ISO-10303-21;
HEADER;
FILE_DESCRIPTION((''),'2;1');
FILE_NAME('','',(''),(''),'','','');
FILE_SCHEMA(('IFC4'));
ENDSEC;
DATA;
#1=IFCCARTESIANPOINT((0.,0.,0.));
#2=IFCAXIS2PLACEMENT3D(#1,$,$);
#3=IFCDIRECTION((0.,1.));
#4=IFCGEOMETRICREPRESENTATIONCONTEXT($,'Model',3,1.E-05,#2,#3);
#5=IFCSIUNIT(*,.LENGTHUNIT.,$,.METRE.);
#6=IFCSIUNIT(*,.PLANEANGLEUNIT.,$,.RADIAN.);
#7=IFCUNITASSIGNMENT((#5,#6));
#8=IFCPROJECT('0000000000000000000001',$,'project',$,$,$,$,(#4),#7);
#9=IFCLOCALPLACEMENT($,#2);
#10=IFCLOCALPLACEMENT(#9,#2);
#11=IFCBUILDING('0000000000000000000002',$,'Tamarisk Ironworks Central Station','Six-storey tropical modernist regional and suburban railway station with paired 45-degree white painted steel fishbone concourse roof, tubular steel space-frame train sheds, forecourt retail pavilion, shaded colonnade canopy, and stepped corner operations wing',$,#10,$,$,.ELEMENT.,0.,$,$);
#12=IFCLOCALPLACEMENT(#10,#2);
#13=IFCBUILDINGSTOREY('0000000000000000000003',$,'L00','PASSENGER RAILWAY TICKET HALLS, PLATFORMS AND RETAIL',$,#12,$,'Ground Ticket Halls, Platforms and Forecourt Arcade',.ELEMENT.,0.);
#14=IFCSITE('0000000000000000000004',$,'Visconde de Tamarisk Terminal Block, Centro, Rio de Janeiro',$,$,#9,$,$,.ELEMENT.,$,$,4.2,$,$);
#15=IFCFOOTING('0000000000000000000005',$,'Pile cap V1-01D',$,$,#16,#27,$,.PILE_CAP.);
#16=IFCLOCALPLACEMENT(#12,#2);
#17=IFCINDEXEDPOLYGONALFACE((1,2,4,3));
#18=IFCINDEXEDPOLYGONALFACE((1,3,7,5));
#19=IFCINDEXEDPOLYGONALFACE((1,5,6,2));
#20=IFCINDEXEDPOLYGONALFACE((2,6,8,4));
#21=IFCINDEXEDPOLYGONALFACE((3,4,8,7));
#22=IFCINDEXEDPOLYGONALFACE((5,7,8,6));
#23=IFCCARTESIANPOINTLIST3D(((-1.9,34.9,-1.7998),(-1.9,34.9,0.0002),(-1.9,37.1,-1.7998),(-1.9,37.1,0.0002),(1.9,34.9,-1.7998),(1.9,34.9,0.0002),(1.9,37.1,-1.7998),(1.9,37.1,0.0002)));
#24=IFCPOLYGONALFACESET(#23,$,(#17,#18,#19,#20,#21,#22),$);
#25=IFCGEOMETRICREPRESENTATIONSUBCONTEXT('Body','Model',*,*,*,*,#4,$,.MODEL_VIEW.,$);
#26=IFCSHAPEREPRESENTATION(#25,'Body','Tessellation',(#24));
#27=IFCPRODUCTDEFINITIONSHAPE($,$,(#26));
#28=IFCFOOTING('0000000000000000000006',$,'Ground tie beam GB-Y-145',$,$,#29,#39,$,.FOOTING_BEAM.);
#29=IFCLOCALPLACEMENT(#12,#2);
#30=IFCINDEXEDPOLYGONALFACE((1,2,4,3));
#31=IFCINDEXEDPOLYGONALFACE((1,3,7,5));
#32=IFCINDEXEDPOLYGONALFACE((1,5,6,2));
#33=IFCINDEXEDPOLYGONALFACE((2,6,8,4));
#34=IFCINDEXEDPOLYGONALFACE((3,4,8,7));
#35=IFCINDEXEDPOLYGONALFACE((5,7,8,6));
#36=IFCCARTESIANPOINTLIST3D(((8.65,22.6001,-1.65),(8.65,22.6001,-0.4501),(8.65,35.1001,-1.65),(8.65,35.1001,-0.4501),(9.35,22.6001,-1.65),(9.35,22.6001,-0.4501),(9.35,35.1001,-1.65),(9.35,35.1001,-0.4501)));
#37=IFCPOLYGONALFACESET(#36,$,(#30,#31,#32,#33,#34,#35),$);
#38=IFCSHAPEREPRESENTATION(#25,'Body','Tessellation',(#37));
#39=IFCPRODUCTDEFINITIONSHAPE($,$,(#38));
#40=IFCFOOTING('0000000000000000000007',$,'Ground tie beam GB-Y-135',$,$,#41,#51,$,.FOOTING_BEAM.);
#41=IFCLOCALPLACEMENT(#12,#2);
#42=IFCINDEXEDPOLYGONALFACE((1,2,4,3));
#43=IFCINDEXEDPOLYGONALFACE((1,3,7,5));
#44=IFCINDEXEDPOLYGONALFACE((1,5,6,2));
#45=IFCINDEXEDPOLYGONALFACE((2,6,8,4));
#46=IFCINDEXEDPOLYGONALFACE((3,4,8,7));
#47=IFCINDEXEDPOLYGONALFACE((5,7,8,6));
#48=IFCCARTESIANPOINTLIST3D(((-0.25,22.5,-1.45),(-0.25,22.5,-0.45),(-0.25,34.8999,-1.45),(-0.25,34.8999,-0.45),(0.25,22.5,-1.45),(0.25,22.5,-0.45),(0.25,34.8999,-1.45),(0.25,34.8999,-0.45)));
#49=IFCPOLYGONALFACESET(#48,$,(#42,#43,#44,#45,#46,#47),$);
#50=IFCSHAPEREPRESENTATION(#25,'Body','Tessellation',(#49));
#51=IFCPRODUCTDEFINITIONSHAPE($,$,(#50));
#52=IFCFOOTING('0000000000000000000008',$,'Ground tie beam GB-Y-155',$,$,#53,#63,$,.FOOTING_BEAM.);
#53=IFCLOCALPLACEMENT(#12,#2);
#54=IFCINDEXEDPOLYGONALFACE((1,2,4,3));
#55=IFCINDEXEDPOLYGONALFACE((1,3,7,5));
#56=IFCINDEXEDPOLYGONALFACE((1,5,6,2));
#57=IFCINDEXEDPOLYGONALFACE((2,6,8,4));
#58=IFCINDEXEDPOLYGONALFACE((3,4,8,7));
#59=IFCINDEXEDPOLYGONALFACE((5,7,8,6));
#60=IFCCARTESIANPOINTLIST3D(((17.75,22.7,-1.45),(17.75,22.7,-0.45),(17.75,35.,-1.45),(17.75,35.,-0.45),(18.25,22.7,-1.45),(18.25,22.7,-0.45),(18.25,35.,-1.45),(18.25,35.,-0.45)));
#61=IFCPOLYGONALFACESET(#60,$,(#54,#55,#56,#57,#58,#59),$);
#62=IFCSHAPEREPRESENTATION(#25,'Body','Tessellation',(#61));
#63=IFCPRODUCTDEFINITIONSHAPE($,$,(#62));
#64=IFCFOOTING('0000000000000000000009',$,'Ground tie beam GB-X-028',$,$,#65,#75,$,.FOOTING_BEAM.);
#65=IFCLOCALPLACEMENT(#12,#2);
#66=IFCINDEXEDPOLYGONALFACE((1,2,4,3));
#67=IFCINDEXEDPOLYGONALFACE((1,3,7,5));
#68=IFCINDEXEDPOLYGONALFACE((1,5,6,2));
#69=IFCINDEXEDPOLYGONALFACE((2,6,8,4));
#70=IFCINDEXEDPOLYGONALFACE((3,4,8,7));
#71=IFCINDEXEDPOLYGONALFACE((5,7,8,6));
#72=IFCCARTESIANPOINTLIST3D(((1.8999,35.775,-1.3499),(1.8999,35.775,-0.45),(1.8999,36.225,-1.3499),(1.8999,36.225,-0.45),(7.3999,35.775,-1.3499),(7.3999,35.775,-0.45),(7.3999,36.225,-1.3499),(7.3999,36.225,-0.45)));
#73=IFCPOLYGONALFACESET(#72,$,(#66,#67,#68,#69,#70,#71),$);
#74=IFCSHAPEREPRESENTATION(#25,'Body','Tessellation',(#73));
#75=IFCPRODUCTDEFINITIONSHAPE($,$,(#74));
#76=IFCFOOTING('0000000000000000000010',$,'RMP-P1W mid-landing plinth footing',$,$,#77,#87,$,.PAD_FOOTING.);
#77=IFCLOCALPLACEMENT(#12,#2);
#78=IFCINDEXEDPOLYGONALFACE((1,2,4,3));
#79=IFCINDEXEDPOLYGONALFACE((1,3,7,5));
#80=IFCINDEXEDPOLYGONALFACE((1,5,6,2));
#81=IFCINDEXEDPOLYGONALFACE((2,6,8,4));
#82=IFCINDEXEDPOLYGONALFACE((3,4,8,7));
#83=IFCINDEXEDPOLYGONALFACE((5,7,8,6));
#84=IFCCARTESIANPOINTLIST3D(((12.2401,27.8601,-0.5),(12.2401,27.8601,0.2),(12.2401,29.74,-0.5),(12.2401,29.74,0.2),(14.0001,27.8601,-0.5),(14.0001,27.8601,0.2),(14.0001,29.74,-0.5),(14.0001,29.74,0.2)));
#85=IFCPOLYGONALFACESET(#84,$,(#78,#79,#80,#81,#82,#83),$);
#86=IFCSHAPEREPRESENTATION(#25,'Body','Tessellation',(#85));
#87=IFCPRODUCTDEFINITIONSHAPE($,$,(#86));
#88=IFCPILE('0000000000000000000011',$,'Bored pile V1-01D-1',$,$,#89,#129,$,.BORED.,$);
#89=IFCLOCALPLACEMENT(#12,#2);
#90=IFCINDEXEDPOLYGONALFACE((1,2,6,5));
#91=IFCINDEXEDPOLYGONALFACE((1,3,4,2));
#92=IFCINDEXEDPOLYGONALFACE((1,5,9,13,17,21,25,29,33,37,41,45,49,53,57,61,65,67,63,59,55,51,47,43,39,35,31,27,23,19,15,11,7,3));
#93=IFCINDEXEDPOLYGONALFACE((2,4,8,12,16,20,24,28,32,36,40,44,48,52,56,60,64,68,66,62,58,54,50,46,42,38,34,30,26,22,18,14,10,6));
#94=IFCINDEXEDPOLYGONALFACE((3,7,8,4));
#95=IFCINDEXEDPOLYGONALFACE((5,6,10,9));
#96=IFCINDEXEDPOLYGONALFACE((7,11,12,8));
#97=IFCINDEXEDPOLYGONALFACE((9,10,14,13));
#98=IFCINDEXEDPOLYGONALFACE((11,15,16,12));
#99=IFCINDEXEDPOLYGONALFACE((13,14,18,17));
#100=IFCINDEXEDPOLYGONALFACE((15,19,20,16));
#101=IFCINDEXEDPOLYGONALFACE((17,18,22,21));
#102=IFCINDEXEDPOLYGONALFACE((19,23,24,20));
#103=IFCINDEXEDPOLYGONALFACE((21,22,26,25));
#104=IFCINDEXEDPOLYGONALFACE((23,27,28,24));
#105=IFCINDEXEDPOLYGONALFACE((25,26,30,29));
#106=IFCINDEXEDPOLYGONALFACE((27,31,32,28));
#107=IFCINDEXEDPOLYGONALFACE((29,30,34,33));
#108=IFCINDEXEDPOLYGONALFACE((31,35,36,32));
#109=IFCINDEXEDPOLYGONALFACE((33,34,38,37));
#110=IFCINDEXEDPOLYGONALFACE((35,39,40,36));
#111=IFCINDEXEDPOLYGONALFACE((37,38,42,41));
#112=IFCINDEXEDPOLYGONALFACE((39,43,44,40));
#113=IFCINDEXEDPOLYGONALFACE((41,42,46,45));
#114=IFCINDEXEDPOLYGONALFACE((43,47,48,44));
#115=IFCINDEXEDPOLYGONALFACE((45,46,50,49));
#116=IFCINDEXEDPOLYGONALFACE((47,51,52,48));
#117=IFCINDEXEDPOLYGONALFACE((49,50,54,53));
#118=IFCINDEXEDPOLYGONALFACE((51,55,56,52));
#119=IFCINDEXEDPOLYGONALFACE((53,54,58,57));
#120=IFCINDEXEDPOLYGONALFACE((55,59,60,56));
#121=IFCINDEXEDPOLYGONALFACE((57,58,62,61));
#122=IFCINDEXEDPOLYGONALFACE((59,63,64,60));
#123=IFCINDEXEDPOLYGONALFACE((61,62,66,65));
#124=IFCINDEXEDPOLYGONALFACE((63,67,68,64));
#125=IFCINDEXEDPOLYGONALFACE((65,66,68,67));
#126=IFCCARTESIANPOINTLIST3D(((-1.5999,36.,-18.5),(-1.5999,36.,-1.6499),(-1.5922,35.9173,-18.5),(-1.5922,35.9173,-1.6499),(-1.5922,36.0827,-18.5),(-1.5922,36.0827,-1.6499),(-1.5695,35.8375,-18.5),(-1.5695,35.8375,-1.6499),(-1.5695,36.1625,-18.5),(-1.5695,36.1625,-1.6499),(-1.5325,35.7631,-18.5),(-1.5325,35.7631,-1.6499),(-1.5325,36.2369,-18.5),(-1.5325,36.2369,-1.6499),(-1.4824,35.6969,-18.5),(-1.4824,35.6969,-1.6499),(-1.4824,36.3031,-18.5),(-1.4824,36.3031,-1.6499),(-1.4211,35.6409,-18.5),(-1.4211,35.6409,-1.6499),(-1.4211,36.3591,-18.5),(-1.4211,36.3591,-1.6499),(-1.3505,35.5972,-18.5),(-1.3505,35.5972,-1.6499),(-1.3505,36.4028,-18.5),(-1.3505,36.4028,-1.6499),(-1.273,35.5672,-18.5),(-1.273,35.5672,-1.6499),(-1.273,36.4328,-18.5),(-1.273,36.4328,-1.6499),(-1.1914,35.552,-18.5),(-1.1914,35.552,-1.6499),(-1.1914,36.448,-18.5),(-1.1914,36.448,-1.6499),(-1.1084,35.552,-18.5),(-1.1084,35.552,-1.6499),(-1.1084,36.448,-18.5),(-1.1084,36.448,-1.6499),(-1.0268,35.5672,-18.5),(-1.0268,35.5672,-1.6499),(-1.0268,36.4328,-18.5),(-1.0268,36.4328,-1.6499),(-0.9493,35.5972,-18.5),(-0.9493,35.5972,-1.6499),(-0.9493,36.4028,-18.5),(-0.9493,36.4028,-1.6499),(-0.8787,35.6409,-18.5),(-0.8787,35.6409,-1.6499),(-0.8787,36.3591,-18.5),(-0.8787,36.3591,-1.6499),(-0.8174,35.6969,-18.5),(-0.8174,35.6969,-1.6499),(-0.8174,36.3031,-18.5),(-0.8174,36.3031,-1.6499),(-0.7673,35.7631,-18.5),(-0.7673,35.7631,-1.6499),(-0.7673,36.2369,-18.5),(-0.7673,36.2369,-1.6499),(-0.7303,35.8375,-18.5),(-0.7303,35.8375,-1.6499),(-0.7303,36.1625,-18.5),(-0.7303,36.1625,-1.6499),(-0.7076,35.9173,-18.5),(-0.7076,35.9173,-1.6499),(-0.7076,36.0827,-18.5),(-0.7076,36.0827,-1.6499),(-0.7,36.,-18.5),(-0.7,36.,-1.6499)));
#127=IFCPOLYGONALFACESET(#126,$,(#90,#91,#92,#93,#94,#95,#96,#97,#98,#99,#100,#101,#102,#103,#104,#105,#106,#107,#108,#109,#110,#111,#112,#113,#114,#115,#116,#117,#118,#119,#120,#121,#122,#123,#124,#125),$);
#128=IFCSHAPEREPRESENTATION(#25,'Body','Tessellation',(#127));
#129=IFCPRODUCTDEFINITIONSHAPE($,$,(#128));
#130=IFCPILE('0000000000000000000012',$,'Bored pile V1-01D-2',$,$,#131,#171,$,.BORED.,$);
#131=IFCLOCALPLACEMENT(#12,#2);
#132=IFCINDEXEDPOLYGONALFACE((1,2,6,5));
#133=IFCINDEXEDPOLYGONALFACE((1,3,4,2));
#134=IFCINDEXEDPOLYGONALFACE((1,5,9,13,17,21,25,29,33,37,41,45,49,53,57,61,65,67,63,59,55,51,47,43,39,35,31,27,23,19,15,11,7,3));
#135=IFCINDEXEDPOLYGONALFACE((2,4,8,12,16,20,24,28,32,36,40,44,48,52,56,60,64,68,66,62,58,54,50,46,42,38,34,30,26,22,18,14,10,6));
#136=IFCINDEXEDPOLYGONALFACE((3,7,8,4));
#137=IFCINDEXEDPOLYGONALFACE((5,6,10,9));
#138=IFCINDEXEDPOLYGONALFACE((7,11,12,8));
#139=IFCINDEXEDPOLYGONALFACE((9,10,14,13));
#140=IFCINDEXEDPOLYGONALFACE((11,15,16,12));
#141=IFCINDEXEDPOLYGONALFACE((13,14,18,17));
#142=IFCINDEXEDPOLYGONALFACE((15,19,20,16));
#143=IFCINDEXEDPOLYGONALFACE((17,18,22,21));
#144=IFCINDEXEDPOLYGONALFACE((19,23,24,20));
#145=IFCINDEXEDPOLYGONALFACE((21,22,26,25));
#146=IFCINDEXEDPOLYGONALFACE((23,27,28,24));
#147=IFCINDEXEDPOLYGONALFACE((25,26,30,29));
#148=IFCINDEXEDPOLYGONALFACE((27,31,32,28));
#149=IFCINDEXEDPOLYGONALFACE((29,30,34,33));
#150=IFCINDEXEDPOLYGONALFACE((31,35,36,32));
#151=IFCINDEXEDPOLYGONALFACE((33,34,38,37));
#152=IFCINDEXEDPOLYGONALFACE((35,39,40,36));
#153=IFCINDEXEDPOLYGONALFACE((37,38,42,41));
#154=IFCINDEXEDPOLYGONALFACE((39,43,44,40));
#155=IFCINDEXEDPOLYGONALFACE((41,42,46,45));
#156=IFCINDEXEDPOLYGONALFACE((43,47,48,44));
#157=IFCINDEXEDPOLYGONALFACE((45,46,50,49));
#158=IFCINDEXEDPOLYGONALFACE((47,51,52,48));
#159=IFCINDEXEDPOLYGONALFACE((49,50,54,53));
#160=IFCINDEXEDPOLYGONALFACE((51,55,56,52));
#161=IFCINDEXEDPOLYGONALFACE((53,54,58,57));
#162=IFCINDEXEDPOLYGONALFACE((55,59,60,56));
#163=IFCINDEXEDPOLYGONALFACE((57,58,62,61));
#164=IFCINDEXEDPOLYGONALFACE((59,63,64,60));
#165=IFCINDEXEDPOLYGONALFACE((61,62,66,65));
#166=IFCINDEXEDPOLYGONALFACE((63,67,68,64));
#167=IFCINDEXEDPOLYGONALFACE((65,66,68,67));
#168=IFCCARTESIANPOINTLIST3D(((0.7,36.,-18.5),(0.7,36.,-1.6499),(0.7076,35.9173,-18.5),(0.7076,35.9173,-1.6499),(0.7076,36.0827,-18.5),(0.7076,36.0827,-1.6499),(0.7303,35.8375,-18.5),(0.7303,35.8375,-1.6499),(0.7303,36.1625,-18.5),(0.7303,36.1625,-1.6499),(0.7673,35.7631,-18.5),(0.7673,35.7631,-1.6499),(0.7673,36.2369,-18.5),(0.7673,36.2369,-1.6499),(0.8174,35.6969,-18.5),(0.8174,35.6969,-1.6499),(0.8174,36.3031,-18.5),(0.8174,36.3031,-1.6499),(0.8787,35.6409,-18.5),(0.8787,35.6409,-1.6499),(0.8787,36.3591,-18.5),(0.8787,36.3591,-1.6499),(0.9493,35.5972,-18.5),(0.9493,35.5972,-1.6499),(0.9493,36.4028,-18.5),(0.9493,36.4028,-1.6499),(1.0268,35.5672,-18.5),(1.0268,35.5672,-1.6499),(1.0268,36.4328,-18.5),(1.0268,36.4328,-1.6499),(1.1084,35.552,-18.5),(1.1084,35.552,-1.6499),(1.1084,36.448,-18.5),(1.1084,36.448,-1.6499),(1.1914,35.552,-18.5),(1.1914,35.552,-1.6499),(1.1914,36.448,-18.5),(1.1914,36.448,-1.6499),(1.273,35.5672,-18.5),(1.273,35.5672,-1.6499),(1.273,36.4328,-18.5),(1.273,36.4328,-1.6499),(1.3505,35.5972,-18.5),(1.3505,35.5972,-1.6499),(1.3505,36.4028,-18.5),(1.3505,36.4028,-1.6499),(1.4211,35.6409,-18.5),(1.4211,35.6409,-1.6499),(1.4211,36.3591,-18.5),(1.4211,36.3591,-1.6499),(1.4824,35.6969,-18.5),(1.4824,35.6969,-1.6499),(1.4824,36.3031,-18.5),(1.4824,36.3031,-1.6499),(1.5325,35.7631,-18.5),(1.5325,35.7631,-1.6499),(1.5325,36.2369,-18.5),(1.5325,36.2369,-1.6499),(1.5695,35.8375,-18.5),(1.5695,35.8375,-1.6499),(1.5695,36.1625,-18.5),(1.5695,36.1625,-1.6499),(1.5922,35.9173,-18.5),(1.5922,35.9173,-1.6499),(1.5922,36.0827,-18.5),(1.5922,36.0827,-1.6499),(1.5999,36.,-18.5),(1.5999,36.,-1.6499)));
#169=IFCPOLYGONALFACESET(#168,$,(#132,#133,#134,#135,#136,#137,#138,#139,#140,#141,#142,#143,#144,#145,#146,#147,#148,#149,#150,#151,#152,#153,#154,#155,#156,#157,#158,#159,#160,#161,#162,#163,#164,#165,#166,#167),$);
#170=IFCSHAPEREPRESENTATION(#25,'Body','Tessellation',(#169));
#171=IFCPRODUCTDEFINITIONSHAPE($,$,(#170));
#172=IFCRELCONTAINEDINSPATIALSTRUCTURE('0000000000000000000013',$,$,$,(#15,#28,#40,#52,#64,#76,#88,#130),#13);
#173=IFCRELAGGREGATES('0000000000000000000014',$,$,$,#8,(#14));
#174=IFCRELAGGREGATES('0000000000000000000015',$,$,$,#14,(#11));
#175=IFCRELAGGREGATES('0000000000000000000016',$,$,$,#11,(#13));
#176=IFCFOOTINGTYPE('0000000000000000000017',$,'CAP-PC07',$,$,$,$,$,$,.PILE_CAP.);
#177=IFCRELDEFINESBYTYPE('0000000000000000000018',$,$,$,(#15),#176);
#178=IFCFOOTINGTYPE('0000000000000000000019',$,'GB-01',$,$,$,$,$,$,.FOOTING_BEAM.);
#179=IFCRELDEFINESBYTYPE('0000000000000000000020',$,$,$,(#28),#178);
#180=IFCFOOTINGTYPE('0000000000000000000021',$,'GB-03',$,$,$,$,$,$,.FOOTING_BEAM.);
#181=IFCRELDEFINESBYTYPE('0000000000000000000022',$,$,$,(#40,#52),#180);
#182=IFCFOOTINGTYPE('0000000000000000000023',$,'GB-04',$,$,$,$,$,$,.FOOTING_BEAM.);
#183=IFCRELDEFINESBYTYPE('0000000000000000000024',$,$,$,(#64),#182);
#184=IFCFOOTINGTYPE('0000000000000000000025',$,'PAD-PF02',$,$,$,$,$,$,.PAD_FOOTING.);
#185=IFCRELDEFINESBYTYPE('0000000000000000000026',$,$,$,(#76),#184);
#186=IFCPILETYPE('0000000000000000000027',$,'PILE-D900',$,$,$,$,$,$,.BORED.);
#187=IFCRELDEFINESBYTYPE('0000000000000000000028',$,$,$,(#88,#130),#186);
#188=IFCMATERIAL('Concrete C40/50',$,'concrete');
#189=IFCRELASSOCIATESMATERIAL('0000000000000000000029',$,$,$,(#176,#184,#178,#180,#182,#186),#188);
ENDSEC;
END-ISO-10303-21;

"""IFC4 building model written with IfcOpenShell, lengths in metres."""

from ifc_helpers import new_model, si_unit, direction, frame, origin, origin_2d, place, context, subcontext, project, spatial, rectangle, circle, extrude, material, material_profile, profile_set, type_object, element, save


model = new_model("IFC4")

# Units and contexts
model_context = context("Model", 3, precision=1e-05, world=origin(), true_north=direction((0.0, 1.0)))
body_context = subcontext(model_context, "Body", "Model", "MODEL_VIEW")
ifc_project = project(units=[si_unit("LENGTHUNIT", "METRE"), si_unit("PLANEANGLEUNIT", "RADIAN")], contexts=[model_context])

# Site, building, storey
site_placement = place(None, origin())
site = spatial("IfcSite", under=ifc_project, at=site_placement, Name="Visconde de Tamarisk Terminal Block, Centro, Rio de Janeiro", CompositionType="ELEMENT", RefElevation=4.2)
building_placement = place(site_placement, origin())
building = spatial("IfcBuilding", under=site, at=building_placement, Name="Tamarisk Ironworks Central Station", Description="Six-storey tropical modernist regional and suburban railway station with paired 45-degree white painted steel fishbone concourse roof, tubular steel space-frame train sheds, forecourt retail pavilion, shaded colonnade canopy, and stepped corner operations wing", CompositionType="ELEMENT", ElevationOfRefHeight=0.0)
storey_placement = place(building_placement, origin())
storey = spatial("IfcBuildingStorey", under=building, at=storey_placement, Name="L00", Description="PASSENGER RAILWAY TICKET HALLS, PLATFORMS AND RETAIL", LongName="Ground Ticket Halls, Platforms and Forecourt Arcade", CompositionType="ELEMENT", Elevation=0.0)

# Footings
ifc_material_1 = material(Name="Concrete C40/50", Category="concrete")
footing_type_1 = type_object("IfcFootingType", Name="CAP-PC07", PredefinedType="PILE_CAP", material=ifc_material_1)
footing_1_placement = place(storey_placement, frame((0.0, 36.0, -1.7998), z_axis=(0.0, 0.0, 1.0), x_axis=(1.0, 0.0, 0.0)))
element("IfcFooting", 1, at=footing_1_placement, inside=storey, type_object=footing_type_1, Name="Pile cap V1-01D", PredefinedType="PILE_CAP", context=body_context, shape_type="SweptSolid", body=[
    extrude(rectangle(XDim=3.8, YDim=2.2, at=origin_2d()), origin(), (0.0, 0.0, 1.0), 1.8),
])
ifc_material_profile_1 = material_profile(ifc_material_1, rectangle(XDim=0.7, YDim=1.2, at=origin_2d()), Name="GB01 700x1200")
ifc_profile_set_1 = profile_set([ifc_material_profile_1], Name="Concrete C40/50")
footing_type_2 = type_object("IfcFootingType", Name="GB-01", PredefinedType="FOOTING_BEAM", material=ifc_profile_set_1)
footing_2_placement = place(storey_placement, frame((9.0, 22.6001, -1.05), z_axis=(0.0, 1.0, 0.0), x_axis=(-1.0, 0.0, 0.0)))
element("IfcFooting", 2, at=footing_2_placement, inside=storey, type_object=footing_type_2, Name="Ground tie beam GB-Y-145", PredefinedType="FOOTING_BEAM", context=body_context, shape_type="SweptSolid", body=[
    extrude(rectangle(XDim=0.7, YDim=1.2, at=origin_2d()), origin(), (0.0, 0.0, 1.0), 12.5),
])
ifc_material_profile_2 = material_profile(ifc_material_1, rectangle(XDim=0.5, YDim=1.0, at=origin_2d()), Name="GB03 500x1000")
ifc_profile_set_2 = profile_set([ifc_material_profile_2], Name="Concrete C40/50")
footing_type_3 = type_object("IfcFootingType", Name="GB-03", PredefinedType="FOOTING_BEAM", material=ifc_profile_set_2)
footing_3_placement = place(storey_placement, frame((0.0, 22.5, -0.95), z_axis=(0.0, 1.0, 0.0), x_axis=(-1.0, 0.0, 0.0)))
element("IfcFooting", 3, at=footing_3_placement, inside=storey, type_object=footing_type_3, Name="Ground tie beam GB-Y-135", PredefinedType="FOOTING_BEAM", context=body_context, shape_type="SweptSolid", body=[
    extrude(rectangle(XDim=0.5, YDim=1.0, at=origin_2d()), origin(), (0.0, 0.0, 1.0), 12.3999),
])
footing_4_placement = place(storey_placement, frame((18.0, 22.7, -0.95), z_axis=(0.0, 1.0, 0.0), x_axis=(-1.0, 0.0, 0.0)))
element("IfcFooting", 4, at=footing_4_placement, inside=storey, type_object=footing_type_3, Name="Ground tie beam GB-Y-155", PredefinedType="FOOTING_BEAM", context=body_context, shape_type="SweptSolid", body=[
    extrude(rectangle(XDim=0.5, YDim=1.0, at=origin_2d()), origin(), (0.0, 0.0, 1.0), 12.3),
])
ifc_material_profile_3 = material_profile(ifc_material_1, rectangle(XDim=0.45, YDim=0.8999, at=origin_2d()), Name="GB04 450x900")
ifc_profile_set_3 = profile_set([ifc_material_profile_3], Name="Concrete C40/50")
footing_type_4 = type_object("IfcFootingType", Name="GB-04", PredefinedType="FOOTING_BEAM", material=ifc_profile_set_3)
footing_5_placement = place(storey_placement, frame((1.8999, 36.0, -0.8999), z_axis=(1.0, 0.0, 0.0), x_axis=(0.0, 1.0, 0.0)))
element("IfcFooting", 5, at=footing_5_placement, inside=storey, type_object=footing_type_4, Name="Ground tie beam GB-X-028", PredefinedType="FOOTING_BEAM", context=body_context, shape_type="SweptSolid", body=[
    extrude(rectangle(XDim=0.45, YDim=0.8999, at=origin_2d()), origin(), (0.0, 0.0, 1.0), 5.5),
])
footing_type_5 = type_object("IfcFootingType", Name="PAD-PF02", PredefinedType="PAD_FOOTING", material=ifc_material_1)
footing_6_placement = place(storey_placement, frame((13.1201, 28.8, -0.5), z_axis=(0.0, 0.0, 1.0), x_axis=(1.0, 0.0, 0.0)))
element("IfcFooting", 6, at=footing_6_placement, inside=storey, type_object=footing_type_5, Name="RMP-P1W mid-landing plinth footing", PredefinedType="PAD_FOOTING", context=body_context, shape_type="SweptSolid", body=[
    extrude(rectangle(XDim=1.76, YDim=1.8799, at=origin_2d()), origin(), (0.0, 0.0, 1.0), 0.7),
])

# Piles
ifc_material_profile_4 = material_profile(ifc_material_1, circle(Radius=0.45, at=origin_2d()), Name="BORED PILE D900")
ifc_profile_set_4 = profile_set([ifc_material_profile_4], Name="Concrete C40/50")
pile_type = type_object("IfcPileType", Name="PILE-D900", PredefinedType="BORED", material=ifc_profile_set_4)
for number, where, z_axis, x_axis, name in (
    (7, (-1.1499, 36.0, -1.6499), (0.0, 0.0, -1.0), (1.0, 0.0, 0.0), "Bored pile V1-01D-1"),
    (8, (1.1499, 36.0, -1.6499), (0.0, 0.0, -1.0), (1.0, 0.0, 0.0), "Bored pile V1-01D-2"),
):
    element("IfcPile", number, at=place(storey_placement, frame(where, z_axis=z_axis, x_axis=x_axis)), inside=storey, type_object=pile_type, Name=name, PredefinedType="BORED", context=body_context, shape_type="SweptSolid", body=[
        extrude(circle(Radius=0.45, at=origin_2d()), origin(), (0.0, 0.0, 1.0), 16.8501),
    ])

save(model, "model.ifc")
